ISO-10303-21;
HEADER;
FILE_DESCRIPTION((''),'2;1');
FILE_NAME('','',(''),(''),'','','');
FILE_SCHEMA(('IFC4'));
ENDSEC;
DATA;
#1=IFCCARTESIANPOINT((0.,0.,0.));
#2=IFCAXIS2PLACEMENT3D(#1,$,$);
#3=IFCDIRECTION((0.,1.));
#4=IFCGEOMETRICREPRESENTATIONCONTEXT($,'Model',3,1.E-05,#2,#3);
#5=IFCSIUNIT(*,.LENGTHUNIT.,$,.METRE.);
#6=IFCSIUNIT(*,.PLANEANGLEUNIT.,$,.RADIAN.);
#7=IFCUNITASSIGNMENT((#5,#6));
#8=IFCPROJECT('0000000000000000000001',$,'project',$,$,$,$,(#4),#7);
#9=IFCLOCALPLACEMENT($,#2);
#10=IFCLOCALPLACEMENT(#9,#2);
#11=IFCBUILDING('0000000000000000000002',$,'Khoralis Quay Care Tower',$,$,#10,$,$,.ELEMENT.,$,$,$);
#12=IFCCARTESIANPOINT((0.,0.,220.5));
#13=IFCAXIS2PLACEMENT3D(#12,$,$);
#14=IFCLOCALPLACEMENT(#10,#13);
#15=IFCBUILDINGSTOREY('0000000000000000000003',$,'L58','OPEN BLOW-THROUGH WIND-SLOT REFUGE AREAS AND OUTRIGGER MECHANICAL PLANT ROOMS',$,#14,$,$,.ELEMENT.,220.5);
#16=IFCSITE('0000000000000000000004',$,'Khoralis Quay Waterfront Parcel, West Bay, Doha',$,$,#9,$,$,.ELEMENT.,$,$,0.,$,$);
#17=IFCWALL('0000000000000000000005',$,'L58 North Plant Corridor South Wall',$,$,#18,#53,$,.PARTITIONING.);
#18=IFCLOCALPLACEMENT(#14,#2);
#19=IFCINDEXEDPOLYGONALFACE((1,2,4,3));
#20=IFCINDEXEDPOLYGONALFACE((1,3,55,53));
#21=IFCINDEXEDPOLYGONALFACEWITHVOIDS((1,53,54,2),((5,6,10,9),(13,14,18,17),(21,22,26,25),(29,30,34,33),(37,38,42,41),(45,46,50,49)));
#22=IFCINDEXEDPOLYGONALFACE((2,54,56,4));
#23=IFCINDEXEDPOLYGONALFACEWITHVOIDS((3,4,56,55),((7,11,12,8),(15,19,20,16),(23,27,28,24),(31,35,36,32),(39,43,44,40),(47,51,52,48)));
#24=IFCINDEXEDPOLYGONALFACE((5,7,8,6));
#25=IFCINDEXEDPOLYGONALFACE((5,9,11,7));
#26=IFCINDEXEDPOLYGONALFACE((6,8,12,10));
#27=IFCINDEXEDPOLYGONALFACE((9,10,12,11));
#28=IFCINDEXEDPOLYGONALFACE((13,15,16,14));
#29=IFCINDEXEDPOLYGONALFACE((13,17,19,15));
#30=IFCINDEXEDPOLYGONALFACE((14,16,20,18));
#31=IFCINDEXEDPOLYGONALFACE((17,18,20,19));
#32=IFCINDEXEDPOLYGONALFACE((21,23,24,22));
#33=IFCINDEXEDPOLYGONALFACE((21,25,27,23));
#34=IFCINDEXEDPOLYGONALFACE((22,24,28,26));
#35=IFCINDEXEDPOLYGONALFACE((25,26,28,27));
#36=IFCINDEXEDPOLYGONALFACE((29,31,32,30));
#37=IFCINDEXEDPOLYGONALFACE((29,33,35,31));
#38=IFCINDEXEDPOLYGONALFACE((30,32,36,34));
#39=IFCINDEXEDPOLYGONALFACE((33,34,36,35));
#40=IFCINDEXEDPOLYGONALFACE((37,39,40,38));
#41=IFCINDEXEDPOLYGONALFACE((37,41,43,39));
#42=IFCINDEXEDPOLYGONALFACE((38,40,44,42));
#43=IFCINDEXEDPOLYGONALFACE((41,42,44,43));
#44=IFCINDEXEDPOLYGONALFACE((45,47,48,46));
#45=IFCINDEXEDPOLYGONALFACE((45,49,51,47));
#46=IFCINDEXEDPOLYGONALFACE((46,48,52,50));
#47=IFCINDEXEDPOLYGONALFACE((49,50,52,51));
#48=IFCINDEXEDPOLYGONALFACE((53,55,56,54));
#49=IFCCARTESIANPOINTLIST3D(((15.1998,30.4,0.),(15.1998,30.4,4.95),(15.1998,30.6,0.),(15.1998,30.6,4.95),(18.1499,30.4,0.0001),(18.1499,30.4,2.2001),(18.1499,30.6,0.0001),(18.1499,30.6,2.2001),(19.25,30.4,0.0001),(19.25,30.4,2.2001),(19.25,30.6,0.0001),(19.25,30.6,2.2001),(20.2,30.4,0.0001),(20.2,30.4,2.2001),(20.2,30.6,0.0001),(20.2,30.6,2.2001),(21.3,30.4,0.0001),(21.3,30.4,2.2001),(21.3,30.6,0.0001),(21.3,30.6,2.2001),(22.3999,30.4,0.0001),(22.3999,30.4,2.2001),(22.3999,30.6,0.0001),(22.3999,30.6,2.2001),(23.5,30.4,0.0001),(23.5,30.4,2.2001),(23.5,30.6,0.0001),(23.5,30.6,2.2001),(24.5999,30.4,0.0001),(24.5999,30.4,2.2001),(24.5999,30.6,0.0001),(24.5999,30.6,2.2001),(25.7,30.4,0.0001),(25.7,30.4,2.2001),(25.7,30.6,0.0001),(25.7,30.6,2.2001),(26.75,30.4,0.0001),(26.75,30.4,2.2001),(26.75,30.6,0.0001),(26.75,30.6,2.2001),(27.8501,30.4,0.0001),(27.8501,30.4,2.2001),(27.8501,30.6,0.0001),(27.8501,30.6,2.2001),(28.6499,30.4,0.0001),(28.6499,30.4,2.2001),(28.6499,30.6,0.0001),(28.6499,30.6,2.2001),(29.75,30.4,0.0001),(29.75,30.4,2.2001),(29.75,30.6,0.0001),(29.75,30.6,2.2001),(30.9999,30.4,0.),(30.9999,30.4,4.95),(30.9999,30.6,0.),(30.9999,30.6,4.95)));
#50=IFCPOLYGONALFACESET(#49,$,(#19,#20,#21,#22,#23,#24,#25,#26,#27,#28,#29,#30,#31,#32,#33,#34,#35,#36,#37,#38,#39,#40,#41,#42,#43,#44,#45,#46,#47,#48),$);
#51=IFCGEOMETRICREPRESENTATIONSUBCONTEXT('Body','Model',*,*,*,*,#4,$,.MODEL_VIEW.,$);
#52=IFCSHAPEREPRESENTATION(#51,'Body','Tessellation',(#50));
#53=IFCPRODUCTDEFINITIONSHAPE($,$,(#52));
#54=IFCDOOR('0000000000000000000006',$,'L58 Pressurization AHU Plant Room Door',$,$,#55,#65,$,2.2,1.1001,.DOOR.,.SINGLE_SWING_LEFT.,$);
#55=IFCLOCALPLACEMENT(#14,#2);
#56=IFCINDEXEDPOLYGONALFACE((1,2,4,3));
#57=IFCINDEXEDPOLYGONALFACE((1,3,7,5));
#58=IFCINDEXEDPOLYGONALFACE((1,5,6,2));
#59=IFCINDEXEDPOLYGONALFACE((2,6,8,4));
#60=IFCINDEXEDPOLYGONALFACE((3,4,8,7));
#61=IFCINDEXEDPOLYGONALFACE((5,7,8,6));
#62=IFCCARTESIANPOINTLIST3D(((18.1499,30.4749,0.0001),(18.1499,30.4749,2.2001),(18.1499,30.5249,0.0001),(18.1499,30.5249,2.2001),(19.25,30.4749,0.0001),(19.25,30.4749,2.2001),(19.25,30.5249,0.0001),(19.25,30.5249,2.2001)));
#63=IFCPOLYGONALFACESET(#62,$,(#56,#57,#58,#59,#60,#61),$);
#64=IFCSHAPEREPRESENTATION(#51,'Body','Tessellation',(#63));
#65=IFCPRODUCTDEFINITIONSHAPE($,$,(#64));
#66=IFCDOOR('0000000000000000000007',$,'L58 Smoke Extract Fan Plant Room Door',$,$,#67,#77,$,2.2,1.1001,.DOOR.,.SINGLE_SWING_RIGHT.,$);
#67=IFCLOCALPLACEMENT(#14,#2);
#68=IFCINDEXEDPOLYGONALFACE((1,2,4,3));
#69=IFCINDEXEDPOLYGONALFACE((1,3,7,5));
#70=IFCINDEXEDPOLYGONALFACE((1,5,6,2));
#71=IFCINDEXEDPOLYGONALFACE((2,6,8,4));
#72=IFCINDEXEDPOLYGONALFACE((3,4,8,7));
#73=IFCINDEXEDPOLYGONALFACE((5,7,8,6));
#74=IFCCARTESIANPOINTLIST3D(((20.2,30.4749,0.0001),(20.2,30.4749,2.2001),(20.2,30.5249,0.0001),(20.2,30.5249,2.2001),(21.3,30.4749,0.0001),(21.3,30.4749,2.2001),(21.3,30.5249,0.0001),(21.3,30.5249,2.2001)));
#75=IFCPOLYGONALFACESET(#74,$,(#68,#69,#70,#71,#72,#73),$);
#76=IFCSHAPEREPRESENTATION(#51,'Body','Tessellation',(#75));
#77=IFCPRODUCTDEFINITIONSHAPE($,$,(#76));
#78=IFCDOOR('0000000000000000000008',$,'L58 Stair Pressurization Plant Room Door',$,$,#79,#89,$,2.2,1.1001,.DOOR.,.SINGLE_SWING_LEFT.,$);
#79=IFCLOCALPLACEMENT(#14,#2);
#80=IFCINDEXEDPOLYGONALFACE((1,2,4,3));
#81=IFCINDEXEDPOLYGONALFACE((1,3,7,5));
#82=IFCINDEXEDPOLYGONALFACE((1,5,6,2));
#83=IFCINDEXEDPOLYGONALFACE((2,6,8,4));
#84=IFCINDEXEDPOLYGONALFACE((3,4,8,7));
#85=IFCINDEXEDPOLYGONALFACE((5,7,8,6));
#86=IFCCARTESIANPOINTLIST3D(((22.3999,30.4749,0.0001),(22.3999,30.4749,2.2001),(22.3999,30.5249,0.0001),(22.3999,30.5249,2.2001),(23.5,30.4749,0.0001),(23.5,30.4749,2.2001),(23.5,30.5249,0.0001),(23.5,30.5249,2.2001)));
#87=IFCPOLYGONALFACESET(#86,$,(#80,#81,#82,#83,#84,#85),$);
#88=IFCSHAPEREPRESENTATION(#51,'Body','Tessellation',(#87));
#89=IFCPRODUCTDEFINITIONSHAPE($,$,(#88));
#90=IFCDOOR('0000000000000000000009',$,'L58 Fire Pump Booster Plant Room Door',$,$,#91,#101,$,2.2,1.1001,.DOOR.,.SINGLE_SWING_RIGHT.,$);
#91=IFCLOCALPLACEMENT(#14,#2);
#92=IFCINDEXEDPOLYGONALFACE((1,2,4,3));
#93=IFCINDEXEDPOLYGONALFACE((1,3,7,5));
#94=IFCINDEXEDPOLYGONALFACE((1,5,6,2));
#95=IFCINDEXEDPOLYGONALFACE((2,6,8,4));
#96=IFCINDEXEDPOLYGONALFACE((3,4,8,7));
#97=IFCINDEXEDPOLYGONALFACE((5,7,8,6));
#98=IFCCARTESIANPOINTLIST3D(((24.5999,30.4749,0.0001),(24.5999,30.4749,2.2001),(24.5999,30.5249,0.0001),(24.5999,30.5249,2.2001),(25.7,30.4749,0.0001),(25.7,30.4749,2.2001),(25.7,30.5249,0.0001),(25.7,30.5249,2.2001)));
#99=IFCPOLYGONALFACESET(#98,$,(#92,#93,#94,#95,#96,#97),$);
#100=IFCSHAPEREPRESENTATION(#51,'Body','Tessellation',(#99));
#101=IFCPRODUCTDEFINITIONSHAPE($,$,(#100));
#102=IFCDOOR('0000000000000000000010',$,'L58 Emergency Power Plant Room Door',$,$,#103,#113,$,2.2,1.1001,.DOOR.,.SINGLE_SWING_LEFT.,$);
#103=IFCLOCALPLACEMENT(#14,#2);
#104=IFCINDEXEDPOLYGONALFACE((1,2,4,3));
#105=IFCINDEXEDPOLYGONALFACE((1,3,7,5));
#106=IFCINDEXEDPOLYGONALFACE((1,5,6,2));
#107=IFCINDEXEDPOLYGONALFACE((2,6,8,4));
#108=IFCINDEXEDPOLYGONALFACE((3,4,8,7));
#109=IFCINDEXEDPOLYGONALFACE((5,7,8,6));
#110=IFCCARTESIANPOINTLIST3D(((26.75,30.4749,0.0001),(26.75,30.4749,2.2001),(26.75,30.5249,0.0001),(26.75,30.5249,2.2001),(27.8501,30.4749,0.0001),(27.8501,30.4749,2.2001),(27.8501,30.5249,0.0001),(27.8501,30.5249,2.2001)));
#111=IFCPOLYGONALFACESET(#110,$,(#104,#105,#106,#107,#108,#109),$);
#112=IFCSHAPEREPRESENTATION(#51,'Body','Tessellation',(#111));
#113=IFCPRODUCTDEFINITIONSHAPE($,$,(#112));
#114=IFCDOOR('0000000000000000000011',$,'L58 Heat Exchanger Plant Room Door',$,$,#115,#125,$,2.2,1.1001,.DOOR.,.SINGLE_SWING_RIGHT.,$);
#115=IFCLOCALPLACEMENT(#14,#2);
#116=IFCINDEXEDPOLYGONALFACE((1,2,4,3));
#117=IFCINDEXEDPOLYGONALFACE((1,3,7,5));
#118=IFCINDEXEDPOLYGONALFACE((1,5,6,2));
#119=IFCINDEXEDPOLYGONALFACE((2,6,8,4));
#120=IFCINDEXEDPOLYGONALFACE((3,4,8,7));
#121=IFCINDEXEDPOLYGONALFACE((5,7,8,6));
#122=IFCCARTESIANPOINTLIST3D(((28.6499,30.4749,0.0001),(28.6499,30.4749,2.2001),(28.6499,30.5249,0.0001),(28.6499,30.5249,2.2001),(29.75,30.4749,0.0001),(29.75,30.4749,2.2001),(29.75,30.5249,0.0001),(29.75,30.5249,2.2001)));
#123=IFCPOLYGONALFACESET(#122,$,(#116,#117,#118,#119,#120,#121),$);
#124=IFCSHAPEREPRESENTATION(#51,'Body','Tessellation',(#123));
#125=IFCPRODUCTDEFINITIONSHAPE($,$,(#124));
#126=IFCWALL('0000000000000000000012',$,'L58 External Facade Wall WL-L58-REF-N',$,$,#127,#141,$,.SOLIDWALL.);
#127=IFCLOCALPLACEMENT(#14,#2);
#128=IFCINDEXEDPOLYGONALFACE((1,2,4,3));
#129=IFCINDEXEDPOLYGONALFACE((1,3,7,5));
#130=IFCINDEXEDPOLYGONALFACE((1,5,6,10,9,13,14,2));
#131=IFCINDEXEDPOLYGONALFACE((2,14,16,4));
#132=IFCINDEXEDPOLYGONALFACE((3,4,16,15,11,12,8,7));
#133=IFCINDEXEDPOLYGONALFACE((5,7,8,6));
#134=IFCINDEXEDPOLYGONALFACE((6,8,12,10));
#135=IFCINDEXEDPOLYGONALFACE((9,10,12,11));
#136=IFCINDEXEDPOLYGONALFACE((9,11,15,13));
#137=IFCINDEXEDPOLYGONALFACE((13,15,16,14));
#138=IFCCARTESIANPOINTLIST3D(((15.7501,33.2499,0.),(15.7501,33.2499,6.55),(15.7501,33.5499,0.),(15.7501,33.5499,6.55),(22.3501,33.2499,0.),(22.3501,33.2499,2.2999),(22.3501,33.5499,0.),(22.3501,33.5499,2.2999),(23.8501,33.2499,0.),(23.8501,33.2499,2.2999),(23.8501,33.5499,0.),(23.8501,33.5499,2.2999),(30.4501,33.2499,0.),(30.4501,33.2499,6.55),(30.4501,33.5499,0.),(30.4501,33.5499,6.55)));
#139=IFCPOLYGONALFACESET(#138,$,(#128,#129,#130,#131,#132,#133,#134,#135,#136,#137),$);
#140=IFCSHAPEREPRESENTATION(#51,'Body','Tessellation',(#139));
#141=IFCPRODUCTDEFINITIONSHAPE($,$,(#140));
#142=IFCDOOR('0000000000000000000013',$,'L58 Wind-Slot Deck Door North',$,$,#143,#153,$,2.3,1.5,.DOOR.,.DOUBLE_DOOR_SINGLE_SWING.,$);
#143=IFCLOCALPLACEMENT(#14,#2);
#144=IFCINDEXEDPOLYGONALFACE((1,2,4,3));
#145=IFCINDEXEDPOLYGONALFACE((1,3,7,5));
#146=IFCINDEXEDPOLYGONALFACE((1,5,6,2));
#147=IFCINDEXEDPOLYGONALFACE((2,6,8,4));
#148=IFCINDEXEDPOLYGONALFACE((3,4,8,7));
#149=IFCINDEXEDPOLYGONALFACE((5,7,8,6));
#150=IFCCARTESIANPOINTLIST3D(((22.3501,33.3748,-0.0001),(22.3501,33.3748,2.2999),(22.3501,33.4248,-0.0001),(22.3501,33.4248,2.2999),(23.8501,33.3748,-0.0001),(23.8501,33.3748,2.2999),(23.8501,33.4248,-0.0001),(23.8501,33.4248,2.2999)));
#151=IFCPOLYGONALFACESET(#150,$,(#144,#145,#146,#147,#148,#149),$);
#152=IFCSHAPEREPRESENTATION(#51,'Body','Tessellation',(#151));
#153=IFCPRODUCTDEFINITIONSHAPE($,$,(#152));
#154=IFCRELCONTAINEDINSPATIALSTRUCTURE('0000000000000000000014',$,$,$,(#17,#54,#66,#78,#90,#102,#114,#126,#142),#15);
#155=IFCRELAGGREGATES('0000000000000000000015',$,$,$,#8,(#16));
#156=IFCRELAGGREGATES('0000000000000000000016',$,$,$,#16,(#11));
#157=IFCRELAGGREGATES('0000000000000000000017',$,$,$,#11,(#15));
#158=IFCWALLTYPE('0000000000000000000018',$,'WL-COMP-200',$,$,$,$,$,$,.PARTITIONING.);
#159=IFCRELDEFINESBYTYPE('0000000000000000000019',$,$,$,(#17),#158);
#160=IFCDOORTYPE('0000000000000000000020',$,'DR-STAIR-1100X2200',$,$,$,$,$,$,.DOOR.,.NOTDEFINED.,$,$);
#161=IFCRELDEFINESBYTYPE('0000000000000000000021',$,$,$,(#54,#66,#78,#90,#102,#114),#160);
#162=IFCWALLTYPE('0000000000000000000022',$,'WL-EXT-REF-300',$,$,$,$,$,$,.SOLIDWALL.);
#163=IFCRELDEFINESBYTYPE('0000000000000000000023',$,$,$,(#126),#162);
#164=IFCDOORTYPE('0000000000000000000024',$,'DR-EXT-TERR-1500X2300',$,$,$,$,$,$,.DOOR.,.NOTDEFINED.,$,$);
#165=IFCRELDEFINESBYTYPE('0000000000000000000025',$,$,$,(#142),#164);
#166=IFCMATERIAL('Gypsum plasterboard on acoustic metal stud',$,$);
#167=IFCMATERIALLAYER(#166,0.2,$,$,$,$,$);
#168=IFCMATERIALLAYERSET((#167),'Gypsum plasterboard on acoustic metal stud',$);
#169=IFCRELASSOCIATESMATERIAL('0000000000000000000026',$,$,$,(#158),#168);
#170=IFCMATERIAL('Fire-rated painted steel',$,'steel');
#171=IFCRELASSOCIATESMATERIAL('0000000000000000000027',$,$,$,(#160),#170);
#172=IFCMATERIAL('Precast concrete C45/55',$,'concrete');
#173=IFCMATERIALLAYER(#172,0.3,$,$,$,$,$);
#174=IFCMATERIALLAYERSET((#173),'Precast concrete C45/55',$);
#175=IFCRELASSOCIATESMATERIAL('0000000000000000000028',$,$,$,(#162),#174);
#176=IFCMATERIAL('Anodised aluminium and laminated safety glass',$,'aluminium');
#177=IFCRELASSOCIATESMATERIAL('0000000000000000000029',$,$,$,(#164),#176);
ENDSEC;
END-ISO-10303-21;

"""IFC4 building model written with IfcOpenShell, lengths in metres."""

from ifc_helpers import new_model, si_unit, direction, frame, frame_2d, origin, place, context, subcontext, project, spatial, rectangle, extrude, source, transform, mapped, material, layer, layer_set, type_object, element, fill, save


model = new_model("IFC4")

# Units and contexts
model_context = context("Model", 3, precision=1e-05, world=origin(), true_north=direction((0.0, 1.0)))
body_context = subcontext(model_context, "Body", "Model", "MODEL_VIEW")
ifc_project = project(units=[si_unit("LENGTHUNIT", "METRE"), si_unit("PLANEANGLEUNIT", "RADIAN")], contexts=[model_context])

# Site, building, storey
site_placement = place(None, origin())
site = spatial("IfcSite", under=ifc_project, at=site_placement, Name="Khoralis Quay Waterfront Parcel, West Bay, Doha", CompositionType="ELEMENT", RefElevation=0.0)
building_placement = place(site_placement, origin())
building = spatial("IfcBuilding", under=site, at=building_placement, Name="Khoralis Quay Care Tower", CompositionType="ELEMENT")
storey_placement = place(building_placement, frame((0.0, 0.0, 220.5)))
storey = spatial("IfcBuildingStorey", under=building, at=storey_placement, Name="L58", Description="OPEN BLOW-THROUGH WIND-SLOT REFUGE AREAS AND OUTRIGGER MECHANICAL PLANT ROOMS", CompositionType="ELEMENT", Elevation=220.5)

# Shared definitions
ifc_material_1 = material(Name="Gypsum plasterboard on acoustic metal stud")
ifc_layer_1 = layer(ifc_material_1, 0.2)
ifc_layer_set_1 = layer_set([ifc_layer_1], Name="Gypsum plasterboard on acoustic metal stud")
wall_type_1 = type_object("IfcWallType", Name="WL-COMP-200", PredefinedType="PARTITIONING", material=ifc_layer_set_1)

# Wall, openings, doors
wall_1_placement = place(storey_placement, frame((15.2, 30.5, 0.0), z_axis=(0.0, 0.0, 1.0), x_axis=(1.0, 0.0, 0.0)))
wall_1 = element("IfcWall", 1, at=wall_1_placement, inside=storey, type_object=wall_type_1, Name="L58 North Plant Corridor South Wall", PredefinedType="PARTITIONING", context=body_context, shape_type="SweptSolid", body=[
    extrude(rectangle(XDim=15.8, YDim=0.2, at=frame_2d((7.8999, 0.0))), origin(), (0.0, 0.0, 1.0), 4.95),
])
opening_1_placement = place(wall_1_placement, frame((2.95, 0.0, 0.0)))
opening_1 = element("IfcOpeningElement", 2, at=opening_1_placement, cuts=wall_1, PredefinedType="OPENING", context=body_context, shape_type="SweptSolid", body=[
    extrude(rectangle(XDim=1.1001, YDim=2.2, at=frame_2d((0.55, 1.1001))), frame((0.0, 0.1099, 0.0), z_axis=(0.0, -1.0, 0.0), x_axis=(1.0, 0.0, 0.0)), (0.0, 0.0, 1.0), 0.22),
])
opening_2_placement = place(wall_1_placement, frame((5.0, 0.0, 0.0)))
opening_2 = element("IfcOpeningElement", 3, at=opening_2_placement, cuts=wall_1, PredefinedType="OPENING", context=body_context, shape_type="SweptSolid", body=[
    extrude(rectangle(XDim=1.1001, YDim=2.2, at=frame_2d((0.55, 1.1001))), frame((0.0, 0.1099, 0.0), z_axis=(0.0, -1.0, 0.0), x_axis=(1.0, 0.0, 0.0)), (0.0, 0.0, 1.0), 0.22),
])
opening_3_placement = place(wall_1_placement, frame((7.2, 0.0, 0.0)))
opening_3 = element("IfcOpeningElement", 4, at=opening_3_placement, cuts=wall_1, PredefinedType="OPENING", context=body_context, shape_type="SweptSolid", body=[
    extrude(rectangle(XDim=1.1001, YDim=2.2, at=frame_2d((0.55, 1.1001))), frame((0.0, 0.1099, 0.0), z_axis=(0.0, -1.0, 0.0), x_axis=(1.0, 0.0, 0.0)), (0.0, 0.0, 1.0), 0.22),
])
opening_4_placement = place(wall_1_placement, frame((9.3999, 0.0, 0.0)))
opening_4 = element("IfcOpeningElement", 5, at=opening_4_placement, cuts=wall_1, PredefinedType="OPENING", context=body_context, shape_type="SweptSolid", body=[
    extrude(rectangle(XDim=1.1001, YDim=2.2, at=frame_2d((0.55, 1.1001))), frame((0.0, 0.1099, 0.0), z_axis=(0.0, -1.0, 0.0), x_axis=(1.0, 0.0, 0.0)), (0.0, 0.0, 1.0), 0.22),
])
opening_5_placement = place(wall_1_placement, frame((11.55, 0.0, 0.0)))
opening_5 = element("IfcOpeningElement", 6, at=opening_5_placement, cuts=wall_1, PredefinedType="OPENING", context=body_context, shape_type="SweptSolid", body=[
    extrude(rectangle(XDim=1.1001, YDim=2.2, at=frame_2d((0.55, 1.1001))), frame((0.0, 0.1099, 0.0), z_axis=(0.0, -1.0, 0.0), x_axis=(1.0, 0.0, 0.0)), (0.0, 0.0, 1.0), 0.22),
])
opening_6_placement = place(wall_1_placement, frame((13.45, 0.0, 0.0)))
opening_6 = element("IfcOpeningElement", 7, at=opening_6_placement, cuts=wall_1, PredefinedType="OPENING", context=body_context, shape_type="SweptSolid", body=[
    extrude(rectangle(XDim=1.1001, YDim=2.2, at=frame_2d((0.55, 1.1001))), frame((0.0, 0.1099, 0.0), z_axis=(0.0, -1.0, 0.0), x_axis=(1.0, 0.0, 0.0)), (0.0, 0.0, 1.0), 0.22),
])
ifc_material_2 = material(Name="Fire-rated painted steel", Category="steel")
door_type_1 = type_object("IfcDoorType", Name="DR-STAIR-1100X2200", OperationType="NOTDEFINED", PredefinedType="DOOR", material=ifc_material_2)
shared_shape_1 = source(origin(), body_context, "Body", "SweptSolid", [
    extrude(rectangle(XDim=1.1001, YDim=2.2, at=frame_2d((0.55, 1.1001))), frame((0.0, 0.0249, 0.0), z_axis=(0.0, -1.0, 0.0), x_axis=(1.0, 0.0, 0.0)), (0.0, 0.0, 1.0), 0.05),
])
door_1_placement = place(opening_1_placement, origin())
door_1 = element("IfcDoor", 8, at=door_1_placement, inside=storey, type_object=door_type_1, Name="L58 Pressurization AHU Plant Room Door", OperationType="SINGLE_SWING_LEFT", OverallHeight=2.2, OverallWidth=1.1001, PredefinedType="DOOR", context=body_context, shape_type="MappedRepresentation", body=[
    mapped(shared_shape_1, transform((0.0, 0.0, 0.0), scale=1.0)),
])
fill(opening_1, door_1)
door_2_placement = place(opening_2_placement, origin())
door_2 = element("IfcDoor", 9, at=door_2_placement, inside=storey, type_object=door_type_1, Name="L58 Smoke Extract Fan Plant Room Door", OperationType="SINGLE_SWING_RIGHT", OverallHeight=2.2, OverallWidth=1.1001, PredefinedType="DOOR", context=body_context, shape_type="MappedRepresentation", body=[
    mapped(shared_shape_1, transform((0.0, 0.0, 0.0), scale=1.0)),
])
fill(opening_2, door_2)
door_3_placement = place(opening_3_placement, origin())
door_3 = element("IfcDoor", 10, at=door_3_placement, inside=storey, type_object=door_type_1, Name="L58 Stair Pressurization Plant Room Door", OperationType="SINGLE_SWING_LEFT", OverallHeight=2.2, OverallWidth=1.1001, PredefinedType="DOOR", context=body_context, shape_type="MappedRepresentation", body=[
    mapped(shared_shape_1, transform((0.0, 0.0, 0.0), scale=1.0)),
])
fill(opening_3, door_3)
door_4_placement = place(opening_4_placement, origin())
door_4 = element("IfcDoor", 11, at=door_4_placement, inside=storey, type_object=door_type_1, Name="L58 Fire Pump Booster Plant Room Door", OperationType="SINGLE_SWING_RIGHT", OverallHeight=2.2, OverallWidth=1.1001, PredefinedType="DOOR", context=body_context, shape_type="MappedRepresentation", body=[
    mapped(shared_shape_1, transform((0.0, 0.0, 0.0), scale=1.0)),
])
fill(opening_4, door_4)
door_5_placement = place(opening_5_placement, origin())
door_5 = element("IfcDoor", 12, at=door_5_placement, inside=storey, type_object=door_type_1, Name="L58 Emergency Power Plant Room Door", OperationType="SINGLE_SWING_LEFT", OverallHeight=2.2, OverallWidth=1.1001, PredefinedType="DOOR", context=body_context, shape_type="MappedRepresentation", body=[
    mapped(shared_shape_1, transform((0.0, 0.0, 0.0), scale=1.0)),
])
fill(opening_5, door_5)
door_6_placement = place(opening_6_placement, origin())
door_6 = element("IfcDoor", 13, at=door_6_placement, inside=storey, type_object=door_type_1, Name="L58 Heat Exchanger Plant Room Door", OperationType="SINGLE_SWING_RIGHT", OverallHeight=2.2, OverallWidth=1.1001, PredefinedType="DOOR", context=body_context, shape_type="MappedRepresentation", body=[
    mapped(shared_shape_1, transform((0.0, 0.0, 0.0), scale=1.0)),
])
fill(opening_6, door_6)

# Wall, opening, door
ifc_material_3 = material(Name="Precast concrete C45/55", Category="concrete")
ifc_layer_2 = layer(ifc_material_3, 0.3)
ifc_layer_set_2 = layer_set([ifc_layer_2], Name="Precast concrete C45/55")
wall_type_2 = type_object("IfcWallType", Name="WL-EXT-REF-300", PredefinedType="SOLIDWALL", material=ifc_layer_set_2)
wall_2_placement = place(storey_placement, frame((15.75, 33.3999, 0.0), z_axis=(0.0, 0.0, 1.0), x_axis=(1.0, 0.0, 0.0)))
wall_2 = element("IfcWall", 14, at=wall_2_placement, inside=storey, type_object=wall_type_2, Name="L58 External Facade Wall WL-L58-REF-N", PredefinedType="SOLIDWALL", context=body_context, shape_type="SweptSolid", body=[
    extrude(rectangle(XDim=14.7, YDim=0.3, at=frame_2d((7.3501, 0.0))), origin(), (0.0, 0.0, 1.0), 6.55),
])
opening_7_placement = place(wall_2_placement, frame((6.6001, 0.0, 0.0)))
opening_7 = element("IfcOpeningElement", 15, at=opening_7_placement, cuts=wall_2, PredefinedType="OPENING", context=body_context, shape_type="SweptSolid", body=[
    extrude(rectangle(XDim=1.5, YDim=2.3, at=frame_2d((0.75, 1.1499))), frame((0.0, 0.1602, 0.0), z_axis=(0.0, -1.0, 0.0), x_axis=(1.0, 0.0, 0.0)), (0.0, 0.0, 1.0), 0.3201),
])
ifc_material_4 = material(Name="Anodised aluminium and laminated safety glass", Category="aluminium")
door_type_2 = type_object("IfcDoorType", Name="DR-EXT-TERR-1500X2300", OperationType="NOTDEFINED", PredefinedType="DOOR", material=ifc_material_4)
shared_shape_2 = source(origin(), body_context, "Body", "SweptSolid", [
    extrude(rectangle(XDim=1.5, YDim=2.3, at=frame_2d((0.75, 1.1499))), frame((0.0, 0.0249, 0.0), z_axis=(0.0, -1.0, 0.0), x_axis=(1.0, 0.0, 0.0)), (0.0, 0.0, 1.0), 0.05),
])
door_7_placement = place(opening_7_placement, origin())
door_7 = element("IfcDoor", 16, at=door_7_placement, inside=storey, type_object=door_type_2, Name="L58 Wind-Slot Deck Door North", OperationType="DOUBLE_DOOR_SINGLE_SWING", OverallHeight=2.3, OverallWidth=1.5, PredefinedType="DOOR", context=body_context, shape_type="MappedRepresentation", body=[
    mapped(shared_shape_2, transform((0.0, 0.0, 0.0), scale=1.0)),
])
fill(opening_7, door_7)

save(model, "model.ifc")
